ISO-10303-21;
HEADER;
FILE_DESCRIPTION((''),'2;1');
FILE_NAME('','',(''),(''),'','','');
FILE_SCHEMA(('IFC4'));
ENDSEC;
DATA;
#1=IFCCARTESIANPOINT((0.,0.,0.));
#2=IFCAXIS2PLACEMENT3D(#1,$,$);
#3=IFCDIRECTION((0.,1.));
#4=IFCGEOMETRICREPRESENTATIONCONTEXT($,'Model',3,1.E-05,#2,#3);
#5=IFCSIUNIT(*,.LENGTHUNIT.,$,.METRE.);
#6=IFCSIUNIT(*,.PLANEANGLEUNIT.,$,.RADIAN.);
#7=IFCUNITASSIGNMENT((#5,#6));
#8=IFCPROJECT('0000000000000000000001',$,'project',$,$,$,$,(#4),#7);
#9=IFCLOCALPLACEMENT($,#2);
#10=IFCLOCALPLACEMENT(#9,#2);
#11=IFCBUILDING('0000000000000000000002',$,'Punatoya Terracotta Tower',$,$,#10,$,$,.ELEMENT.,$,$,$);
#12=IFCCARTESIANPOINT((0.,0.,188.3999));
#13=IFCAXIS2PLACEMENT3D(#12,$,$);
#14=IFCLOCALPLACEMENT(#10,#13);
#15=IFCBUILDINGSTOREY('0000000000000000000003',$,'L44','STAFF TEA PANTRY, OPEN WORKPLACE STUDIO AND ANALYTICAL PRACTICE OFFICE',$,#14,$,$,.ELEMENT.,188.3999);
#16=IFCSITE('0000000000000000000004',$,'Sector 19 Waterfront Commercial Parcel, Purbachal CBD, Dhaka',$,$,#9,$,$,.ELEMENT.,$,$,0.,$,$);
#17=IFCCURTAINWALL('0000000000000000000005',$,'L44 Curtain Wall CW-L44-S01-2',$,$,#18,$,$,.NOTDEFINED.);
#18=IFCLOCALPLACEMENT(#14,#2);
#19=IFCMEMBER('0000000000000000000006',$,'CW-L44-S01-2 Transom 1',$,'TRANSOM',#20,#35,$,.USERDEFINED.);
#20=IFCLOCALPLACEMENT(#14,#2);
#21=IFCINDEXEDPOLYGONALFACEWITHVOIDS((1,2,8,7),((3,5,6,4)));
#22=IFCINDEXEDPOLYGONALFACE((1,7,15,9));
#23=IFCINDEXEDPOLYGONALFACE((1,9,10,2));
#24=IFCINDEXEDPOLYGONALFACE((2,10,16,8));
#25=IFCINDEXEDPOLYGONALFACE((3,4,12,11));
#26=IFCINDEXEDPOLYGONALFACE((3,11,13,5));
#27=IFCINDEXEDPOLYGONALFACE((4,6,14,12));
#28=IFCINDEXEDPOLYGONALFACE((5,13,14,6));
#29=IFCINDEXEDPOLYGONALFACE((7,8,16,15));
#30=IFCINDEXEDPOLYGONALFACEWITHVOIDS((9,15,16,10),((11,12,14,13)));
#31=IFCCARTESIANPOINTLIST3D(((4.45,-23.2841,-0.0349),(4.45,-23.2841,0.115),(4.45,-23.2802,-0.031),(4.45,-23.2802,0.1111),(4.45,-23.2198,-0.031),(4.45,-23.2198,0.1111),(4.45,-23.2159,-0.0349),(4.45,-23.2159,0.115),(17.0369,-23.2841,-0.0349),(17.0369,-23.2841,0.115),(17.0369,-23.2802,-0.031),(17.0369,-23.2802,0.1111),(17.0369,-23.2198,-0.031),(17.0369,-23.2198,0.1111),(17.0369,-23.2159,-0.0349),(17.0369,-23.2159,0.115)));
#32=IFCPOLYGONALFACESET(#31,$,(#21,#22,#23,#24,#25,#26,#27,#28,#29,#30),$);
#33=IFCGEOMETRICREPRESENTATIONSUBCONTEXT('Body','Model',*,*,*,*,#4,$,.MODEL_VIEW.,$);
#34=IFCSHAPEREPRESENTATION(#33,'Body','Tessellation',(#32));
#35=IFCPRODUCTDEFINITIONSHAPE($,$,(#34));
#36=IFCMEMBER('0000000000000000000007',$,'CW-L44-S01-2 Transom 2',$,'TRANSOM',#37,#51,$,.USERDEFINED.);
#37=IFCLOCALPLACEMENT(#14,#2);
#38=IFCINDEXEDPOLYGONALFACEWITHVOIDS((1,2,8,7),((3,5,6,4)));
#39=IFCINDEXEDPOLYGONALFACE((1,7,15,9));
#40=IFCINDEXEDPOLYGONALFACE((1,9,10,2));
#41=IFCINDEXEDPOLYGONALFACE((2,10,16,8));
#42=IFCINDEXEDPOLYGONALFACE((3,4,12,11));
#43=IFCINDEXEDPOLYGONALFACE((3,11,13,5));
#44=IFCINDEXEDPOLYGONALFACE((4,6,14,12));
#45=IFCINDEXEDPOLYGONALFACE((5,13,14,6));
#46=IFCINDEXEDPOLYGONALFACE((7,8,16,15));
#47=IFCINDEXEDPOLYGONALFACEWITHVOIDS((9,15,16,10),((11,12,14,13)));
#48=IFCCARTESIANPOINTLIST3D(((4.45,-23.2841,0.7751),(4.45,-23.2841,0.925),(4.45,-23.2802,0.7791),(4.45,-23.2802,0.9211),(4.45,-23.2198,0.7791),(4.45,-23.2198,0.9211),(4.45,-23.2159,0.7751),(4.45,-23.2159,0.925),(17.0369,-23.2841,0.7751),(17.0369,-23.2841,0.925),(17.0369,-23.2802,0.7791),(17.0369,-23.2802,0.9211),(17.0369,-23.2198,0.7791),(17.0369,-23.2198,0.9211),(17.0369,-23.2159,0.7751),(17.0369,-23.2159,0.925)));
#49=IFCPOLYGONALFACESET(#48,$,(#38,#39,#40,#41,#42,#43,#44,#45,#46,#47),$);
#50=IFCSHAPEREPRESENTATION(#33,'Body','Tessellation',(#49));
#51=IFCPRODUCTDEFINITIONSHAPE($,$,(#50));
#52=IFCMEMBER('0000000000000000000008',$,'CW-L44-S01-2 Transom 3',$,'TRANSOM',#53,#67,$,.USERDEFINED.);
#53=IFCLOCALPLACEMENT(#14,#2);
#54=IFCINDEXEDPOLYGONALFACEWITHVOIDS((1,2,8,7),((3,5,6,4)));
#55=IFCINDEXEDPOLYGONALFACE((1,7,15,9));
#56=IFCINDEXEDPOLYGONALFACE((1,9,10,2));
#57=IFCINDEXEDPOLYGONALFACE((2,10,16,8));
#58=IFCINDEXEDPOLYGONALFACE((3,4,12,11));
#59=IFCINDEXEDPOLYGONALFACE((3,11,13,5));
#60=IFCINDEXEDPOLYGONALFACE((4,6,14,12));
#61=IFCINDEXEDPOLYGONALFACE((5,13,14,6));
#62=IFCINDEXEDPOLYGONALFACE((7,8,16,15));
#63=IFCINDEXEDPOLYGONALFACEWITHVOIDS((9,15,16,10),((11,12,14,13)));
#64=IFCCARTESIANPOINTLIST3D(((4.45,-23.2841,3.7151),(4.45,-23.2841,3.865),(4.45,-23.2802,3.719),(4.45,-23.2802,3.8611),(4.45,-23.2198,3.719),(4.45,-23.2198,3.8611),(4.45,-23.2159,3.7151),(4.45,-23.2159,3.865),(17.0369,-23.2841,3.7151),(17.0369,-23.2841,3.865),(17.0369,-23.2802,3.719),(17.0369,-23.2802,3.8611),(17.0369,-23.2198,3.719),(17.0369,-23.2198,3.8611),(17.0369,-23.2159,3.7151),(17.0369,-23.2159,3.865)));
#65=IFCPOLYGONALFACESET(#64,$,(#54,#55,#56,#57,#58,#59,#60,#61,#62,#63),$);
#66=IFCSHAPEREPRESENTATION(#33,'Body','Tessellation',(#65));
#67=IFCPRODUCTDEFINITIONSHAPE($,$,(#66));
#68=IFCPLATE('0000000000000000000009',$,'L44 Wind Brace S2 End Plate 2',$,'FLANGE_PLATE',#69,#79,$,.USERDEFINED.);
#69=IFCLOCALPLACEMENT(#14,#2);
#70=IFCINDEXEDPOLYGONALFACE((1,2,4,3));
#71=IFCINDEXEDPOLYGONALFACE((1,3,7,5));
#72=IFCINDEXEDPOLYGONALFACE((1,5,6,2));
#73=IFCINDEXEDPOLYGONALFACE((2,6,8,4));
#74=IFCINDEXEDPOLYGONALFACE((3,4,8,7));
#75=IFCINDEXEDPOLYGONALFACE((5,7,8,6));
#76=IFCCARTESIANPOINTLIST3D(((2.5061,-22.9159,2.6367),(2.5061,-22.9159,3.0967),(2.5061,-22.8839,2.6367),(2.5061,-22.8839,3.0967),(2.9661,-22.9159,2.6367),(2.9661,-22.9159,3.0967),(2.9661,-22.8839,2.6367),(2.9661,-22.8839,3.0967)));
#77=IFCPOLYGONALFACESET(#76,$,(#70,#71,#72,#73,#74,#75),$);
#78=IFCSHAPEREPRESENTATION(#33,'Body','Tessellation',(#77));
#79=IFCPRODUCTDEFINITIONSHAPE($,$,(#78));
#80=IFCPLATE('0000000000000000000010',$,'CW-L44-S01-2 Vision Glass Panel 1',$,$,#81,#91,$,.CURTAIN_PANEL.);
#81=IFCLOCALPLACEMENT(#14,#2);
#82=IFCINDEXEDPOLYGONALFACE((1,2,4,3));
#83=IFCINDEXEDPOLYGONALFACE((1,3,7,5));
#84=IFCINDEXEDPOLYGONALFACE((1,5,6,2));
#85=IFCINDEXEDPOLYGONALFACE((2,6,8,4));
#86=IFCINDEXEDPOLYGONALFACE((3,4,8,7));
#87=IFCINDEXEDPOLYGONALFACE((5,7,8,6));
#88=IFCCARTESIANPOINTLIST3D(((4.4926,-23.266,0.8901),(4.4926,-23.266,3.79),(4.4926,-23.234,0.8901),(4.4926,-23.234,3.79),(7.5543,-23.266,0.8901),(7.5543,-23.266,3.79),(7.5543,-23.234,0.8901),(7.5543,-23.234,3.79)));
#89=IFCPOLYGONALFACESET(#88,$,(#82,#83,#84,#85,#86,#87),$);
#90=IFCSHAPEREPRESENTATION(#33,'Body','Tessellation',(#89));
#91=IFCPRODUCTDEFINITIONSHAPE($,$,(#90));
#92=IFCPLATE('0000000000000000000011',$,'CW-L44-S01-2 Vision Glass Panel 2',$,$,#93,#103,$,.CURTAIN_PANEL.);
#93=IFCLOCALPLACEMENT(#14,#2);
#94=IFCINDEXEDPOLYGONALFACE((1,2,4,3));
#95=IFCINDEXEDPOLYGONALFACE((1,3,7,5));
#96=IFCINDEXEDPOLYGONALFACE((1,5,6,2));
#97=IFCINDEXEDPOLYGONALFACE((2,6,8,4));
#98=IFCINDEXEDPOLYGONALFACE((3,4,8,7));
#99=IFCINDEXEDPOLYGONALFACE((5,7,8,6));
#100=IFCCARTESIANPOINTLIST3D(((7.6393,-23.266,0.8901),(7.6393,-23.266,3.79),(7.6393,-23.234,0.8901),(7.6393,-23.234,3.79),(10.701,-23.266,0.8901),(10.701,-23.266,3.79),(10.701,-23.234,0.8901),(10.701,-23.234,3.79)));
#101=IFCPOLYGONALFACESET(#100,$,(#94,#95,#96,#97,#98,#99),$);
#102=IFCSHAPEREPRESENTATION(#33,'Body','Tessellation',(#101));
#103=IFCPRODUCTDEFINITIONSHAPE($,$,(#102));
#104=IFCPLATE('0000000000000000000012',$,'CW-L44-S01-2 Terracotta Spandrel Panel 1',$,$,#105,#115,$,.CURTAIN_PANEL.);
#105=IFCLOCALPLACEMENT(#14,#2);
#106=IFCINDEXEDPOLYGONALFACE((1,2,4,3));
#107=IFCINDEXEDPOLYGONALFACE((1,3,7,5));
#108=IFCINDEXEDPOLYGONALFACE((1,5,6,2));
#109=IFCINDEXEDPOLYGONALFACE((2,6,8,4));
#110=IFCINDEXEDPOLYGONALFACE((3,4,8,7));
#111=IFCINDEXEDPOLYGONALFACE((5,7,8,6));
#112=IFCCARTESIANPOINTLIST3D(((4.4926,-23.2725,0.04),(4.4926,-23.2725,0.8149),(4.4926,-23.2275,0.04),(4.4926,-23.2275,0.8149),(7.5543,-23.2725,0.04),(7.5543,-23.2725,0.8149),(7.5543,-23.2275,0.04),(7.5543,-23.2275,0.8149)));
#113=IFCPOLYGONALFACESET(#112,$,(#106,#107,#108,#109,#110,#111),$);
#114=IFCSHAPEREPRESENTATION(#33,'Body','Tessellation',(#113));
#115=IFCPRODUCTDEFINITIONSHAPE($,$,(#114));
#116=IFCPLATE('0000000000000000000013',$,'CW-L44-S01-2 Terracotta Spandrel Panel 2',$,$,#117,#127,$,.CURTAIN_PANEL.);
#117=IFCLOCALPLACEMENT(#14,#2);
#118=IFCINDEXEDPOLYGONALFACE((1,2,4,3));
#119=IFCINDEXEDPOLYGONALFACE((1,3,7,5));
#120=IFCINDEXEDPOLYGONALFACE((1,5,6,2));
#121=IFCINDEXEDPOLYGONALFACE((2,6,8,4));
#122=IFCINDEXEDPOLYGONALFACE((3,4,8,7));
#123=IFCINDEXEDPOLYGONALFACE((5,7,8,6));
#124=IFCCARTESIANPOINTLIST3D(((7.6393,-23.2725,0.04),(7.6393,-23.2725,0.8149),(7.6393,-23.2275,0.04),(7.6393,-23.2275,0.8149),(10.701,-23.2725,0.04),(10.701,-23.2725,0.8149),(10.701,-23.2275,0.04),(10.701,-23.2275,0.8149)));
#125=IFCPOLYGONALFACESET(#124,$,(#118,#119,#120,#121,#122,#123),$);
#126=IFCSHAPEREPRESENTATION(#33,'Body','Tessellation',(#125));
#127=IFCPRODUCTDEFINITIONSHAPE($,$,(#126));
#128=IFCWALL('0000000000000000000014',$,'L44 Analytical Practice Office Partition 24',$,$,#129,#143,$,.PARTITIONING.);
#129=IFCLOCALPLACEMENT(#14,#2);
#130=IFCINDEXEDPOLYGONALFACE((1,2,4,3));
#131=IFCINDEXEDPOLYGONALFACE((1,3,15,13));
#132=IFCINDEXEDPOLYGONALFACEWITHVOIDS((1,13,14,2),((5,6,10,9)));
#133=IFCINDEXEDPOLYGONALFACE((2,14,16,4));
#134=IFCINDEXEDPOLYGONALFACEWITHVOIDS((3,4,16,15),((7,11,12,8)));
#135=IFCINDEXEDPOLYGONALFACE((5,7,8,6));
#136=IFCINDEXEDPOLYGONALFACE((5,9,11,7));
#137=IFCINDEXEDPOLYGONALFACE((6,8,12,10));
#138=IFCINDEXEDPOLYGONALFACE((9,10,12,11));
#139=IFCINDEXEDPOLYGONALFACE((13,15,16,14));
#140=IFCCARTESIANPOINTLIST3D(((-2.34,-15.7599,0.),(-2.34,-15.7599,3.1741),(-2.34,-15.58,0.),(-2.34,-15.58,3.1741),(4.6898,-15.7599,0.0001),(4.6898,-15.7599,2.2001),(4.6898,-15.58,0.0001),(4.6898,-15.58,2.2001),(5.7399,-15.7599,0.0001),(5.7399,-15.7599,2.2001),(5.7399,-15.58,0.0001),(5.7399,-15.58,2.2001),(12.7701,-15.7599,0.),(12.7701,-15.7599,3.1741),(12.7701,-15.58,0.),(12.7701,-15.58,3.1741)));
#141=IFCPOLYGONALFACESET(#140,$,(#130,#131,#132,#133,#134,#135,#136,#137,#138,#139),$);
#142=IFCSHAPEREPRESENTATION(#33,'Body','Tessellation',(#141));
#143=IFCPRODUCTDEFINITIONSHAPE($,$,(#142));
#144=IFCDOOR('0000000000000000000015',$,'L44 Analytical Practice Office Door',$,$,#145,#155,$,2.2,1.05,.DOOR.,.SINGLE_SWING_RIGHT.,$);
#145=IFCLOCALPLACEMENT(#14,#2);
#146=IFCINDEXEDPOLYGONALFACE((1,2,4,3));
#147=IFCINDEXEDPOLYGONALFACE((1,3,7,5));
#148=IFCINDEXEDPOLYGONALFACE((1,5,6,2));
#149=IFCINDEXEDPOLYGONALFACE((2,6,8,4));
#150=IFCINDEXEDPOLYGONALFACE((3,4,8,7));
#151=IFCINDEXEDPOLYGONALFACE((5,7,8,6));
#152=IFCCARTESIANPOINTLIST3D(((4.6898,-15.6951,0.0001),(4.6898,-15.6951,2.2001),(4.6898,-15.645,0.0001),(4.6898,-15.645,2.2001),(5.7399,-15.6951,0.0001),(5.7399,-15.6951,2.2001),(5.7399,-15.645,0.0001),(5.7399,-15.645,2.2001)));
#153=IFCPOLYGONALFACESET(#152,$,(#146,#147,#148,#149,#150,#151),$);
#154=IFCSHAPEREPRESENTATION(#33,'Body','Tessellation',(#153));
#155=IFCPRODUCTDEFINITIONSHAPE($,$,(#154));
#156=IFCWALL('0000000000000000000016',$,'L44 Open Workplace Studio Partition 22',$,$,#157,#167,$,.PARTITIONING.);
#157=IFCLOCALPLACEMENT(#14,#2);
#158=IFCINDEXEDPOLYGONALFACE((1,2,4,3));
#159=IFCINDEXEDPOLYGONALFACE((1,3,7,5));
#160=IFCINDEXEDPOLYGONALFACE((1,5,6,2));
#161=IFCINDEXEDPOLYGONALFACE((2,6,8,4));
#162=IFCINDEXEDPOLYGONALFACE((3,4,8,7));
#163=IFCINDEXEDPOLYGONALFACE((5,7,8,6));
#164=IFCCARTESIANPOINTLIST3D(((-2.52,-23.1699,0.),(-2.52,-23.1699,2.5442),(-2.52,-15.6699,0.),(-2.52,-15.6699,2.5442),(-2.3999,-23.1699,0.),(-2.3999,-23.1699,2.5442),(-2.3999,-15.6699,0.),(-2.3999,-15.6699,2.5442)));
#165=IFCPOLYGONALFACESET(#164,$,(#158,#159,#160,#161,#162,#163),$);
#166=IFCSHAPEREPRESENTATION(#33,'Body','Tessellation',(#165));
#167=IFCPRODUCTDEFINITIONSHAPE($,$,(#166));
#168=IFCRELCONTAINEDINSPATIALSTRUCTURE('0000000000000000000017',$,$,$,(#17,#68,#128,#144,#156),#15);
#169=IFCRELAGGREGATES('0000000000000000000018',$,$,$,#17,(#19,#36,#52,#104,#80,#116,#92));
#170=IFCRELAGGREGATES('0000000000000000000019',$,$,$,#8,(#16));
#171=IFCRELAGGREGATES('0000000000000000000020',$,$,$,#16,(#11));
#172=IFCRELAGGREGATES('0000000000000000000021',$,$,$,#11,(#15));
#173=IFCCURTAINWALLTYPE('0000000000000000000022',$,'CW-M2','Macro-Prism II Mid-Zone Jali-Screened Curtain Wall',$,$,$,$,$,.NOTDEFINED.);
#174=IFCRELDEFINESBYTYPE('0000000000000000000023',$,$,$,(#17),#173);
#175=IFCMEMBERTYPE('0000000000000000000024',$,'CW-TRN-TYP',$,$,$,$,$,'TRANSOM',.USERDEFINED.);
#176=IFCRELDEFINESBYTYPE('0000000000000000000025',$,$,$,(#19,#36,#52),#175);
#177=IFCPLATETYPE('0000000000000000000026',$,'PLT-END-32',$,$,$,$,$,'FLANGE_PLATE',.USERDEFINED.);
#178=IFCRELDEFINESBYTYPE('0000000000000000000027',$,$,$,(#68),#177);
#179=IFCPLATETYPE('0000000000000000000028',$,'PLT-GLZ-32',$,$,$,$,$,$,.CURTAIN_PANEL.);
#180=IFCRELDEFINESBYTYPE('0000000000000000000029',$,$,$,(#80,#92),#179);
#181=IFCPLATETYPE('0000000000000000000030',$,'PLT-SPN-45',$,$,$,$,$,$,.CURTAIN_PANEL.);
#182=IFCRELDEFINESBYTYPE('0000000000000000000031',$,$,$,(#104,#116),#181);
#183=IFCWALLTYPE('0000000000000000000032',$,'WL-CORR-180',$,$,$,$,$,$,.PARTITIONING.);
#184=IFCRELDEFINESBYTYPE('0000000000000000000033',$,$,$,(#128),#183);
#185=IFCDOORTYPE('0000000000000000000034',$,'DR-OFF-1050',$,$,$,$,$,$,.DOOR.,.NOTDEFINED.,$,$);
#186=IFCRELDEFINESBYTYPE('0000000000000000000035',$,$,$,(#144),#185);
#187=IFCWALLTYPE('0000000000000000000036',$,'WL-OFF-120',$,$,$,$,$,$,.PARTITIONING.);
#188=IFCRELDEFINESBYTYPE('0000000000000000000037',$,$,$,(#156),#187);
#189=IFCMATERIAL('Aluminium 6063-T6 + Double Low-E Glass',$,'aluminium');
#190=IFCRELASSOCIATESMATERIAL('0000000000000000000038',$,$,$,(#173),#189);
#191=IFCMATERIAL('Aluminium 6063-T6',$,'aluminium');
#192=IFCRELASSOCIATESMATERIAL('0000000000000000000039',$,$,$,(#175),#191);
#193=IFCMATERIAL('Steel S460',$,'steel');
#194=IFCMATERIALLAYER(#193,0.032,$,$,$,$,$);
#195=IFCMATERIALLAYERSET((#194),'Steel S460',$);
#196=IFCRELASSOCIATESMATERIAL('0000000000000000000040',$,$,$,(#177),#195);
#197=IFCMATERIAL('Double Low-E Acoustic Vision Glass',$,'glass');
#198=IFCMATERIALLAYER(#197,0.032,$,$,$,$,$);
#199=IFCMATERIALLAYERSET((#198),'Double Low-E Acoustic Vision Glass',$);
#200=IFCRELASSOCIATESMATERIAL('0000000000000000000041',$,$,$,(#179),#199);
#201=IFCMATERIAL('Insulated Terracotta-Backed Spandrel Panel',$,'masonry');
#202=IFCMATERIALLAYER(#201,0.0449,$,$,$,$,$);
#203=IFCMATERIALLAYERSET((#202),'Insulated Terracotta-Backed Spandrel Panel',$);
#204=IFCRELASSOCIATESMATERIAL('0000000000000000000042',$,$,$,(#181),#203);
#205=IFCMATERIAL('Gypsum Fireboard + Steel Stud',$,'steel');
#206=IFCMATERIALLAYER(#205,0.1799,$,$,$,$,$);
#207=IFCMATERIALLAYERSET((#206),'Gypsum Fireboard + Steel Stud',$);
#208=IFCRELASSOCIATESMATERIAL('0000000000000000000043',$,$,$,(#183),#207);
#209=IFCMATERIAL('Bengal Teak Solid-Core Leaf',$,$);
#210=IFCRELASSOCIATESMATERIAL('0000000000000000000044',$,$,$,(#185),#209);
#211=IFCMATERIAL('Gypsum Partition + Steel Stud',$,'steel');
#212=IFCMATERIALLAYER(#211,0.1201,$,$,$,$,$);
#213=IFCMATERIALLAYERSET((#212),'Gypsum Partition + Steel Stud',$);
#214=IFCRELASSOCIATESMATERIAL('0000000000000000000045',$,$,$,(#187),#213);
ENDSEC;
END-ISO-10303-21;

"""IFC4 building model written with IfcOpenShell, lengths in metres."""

from ifc_helpers import new_model, si_unit, direction, frame, frame_2d, origin, origin_2d, place, context, subcontext, project, spatial, rectangle, hollow_rectangle, extrude, material, layer, layer_set, material_profile, profile_set, type_object, element, fill, aggregate, save


model = new_model("IFC4")

# Units and contexts
model_context = context("Model", 3, precision=1e-05, world=origin(), true_north=direction((0.0, 1.0)))
body_context = subcontext(model_context, "Body", "Model", "MODEL_VIEW")
ifc_project = project(units=[si_unit("LENGTHUNIT", "METRE"), si_unit("PLANEANGLEUNIT", "RADIAN")], contexts=[model_context])

# Site, building, storey
site_placement = place(None, origin())
site = spatial("IfcSite", under=ifc_project, at=site_placement, Name="Sector 19 Waterfront Commercial Parcel, Purbachal CBD, Dhaka", CompositionType="ELEMENT", RefElevation=0.0)
building_placement = place(site_placement, origin())
building = spatial("IfcBuilding", under=site, at=building_placement, Name="Punatoya Terracotta Tower", CompositionType="ELEMENT")
storey_placement = place(building_placement, frame((0.0, 0.0, 188.3999)))
storey = spatial("IfcBuildingStorey", under=building, at=storey_placement, Name="L44", Description="STAFF TEA PANTRY, OPEN WORKPLACE STUDIO AND ANALYTICAL PRACTICE OFFICE", CompositionType="ELEMENT", Elevation=188.3999)

# Shared definitions
ifc_material_1 = material(Name="Steel S460", Category="steel")

# Curtain wall, members
ifc_material_2 = material(Name="Aluminium 6063-T6 + Double Low-E Glass", Category="aluminium")
curtain_wall_type = type_object("IfcCurtainWallType", Name="CW-M2", Description="Macro-Prism II Mid-Zone Jali-Screened Curtain Wall", PredefinedType="NOTDEFINED", material=ifc_material_2)
curtain_wall_placement = place(storey_placement, origin())
curtain_wall = element("IfcCurtainWall", 1, at=curtain_wall_placement, inside=storey, type_object=curtain_wall_type, Name="L44 Curtain Wall CW-L44-S01-2", PredefinedType="NOTDEFINED")
ifc_material_3 = material(Name="Aluminium 6063-T6", Category="aluminium")
ifc_material_profile_1 = material_profile(ifc_material_3, hollow_rectangle(XDim=0.0681, YDim=0.1499, WallThickness=0.0039, at=origin_2d()))
ifc_profile_set_1 = profile_set([ifc_material_profile_1], Name="Aluminium 6063-T6")
member_type_1 = type_object("IfcMemberType", Name="CW-TRN-TYP", ElementType="TRANSOM", PredefinedType="USERDEFINED", material=ifc_profile_set_1)
member_1_placement = place(storey_placement, frame((4.45, -23.25, 0.04), z_axis=(1.0, 0.0, 0.0), x_axis=(0.0, 1.0, 0.0)))
member_1 = element("IfcMember", 2, at=member_1_placement, type_object=member_type_1, Name="CW-L44-S01-2 Transom 1", ObjectType="TRANSOM", PredefinedType="USERDEFINED", context=body_context, shape_type="SweptSolid", body=[
    extrude(hollow_rectangle(XDim=0.0681, YDim=0.1499, WallThickness=0.0039, at=origin_2d()), origin(), (0.0, 0.0, 1.0), 12.5869),
])
member_2_placement = place(storey_placement, frame((4.45, -23.25, 0.8501), z_axis=(1.0, 0.0, 0.0), x_axis=(0.0, 1.0, 0.0)))
member_2 = element("IfcMember", 3, at=member_2_placement, type_object=member_type_1, Name="CW-L44-S01-2 Transom 2", ObjectType="TRANSOM", PredefinedType="USERDEFINED", context=body_context, shape_type="SweptSolid", body=[
    extrude(hollow_rectangle(XDim=0.0681, YDim=0.1499, WallThickness=0.0039, at=origin_2d()), origin(), (0.0, 0.0, 1.0), 12.5869),
])
member_3_placement = place(storey_placement, frame((4.45, -23.25, 3.79), z_axis=(1.0, 0.0, 0.0), x_axis=(0.0, 1.0, 0.0)))
member_3 = element("IfcMember", 4, at=member_3_placement, type_object=member_type_1, Name="CW-L44-S01-2 Transom 3", ObjectType="TRANSOM", PredefinedType="USERDEFINED", context=body_context, shape_type="SweptSolid", body=[
    extrude(hollow_rectangle(XDim=0.0681, YDim=0.1499, WallThickness=0.0039, at=origin_2d()), origin(), (0.0, 0.0, 1.0), 12.5869),
])

# Plates
ifc_layer_1 = layer(ifc_material_1, 0.032)
ifc_layer_set_1 = layer_set([ifc_layer_1], Name="Steel S460")
plate_type_1 = type_object("IfcPlateType", Name="PLT-END-32", ElementType="FLANGE_PLATE", PredefinedType="USERDEFINED", material=ifc_layer_set_1)
plate_1_placement = place(storey_placement, frame((2.7361, -22.8999, 2.6367), z_axis=(0.0, 0.0, 1.0), x_axis=(1.0, 0.0, 0.0)))
element("IfcPlate", 5, at=plate_1_placement, inside=storey, type_object=plate_type_1, Name="L44 Wind Brace S2 End Plate 2", ObjectType="FLANGE_PLATE", PredefinedType="USERDEFINED", context=body_context, shape_type="SweptSolid", body=[
    extrude(rectangle(XDim=0.46, YDim=0.032, at=origin_2d()), origin(), (0.0, 0.0, 1.0), 0.46),
])
ifc_material_4 = material(Name="Double Low-E Acoustic Vision Glass", Category="glass")
ifc_layer_2 = layer(ifc_material_4, 0.032)
ifc_layer_set_2 = layer_set([ifc_layer_2], Name="Double Low-E Acoustic Vision Glass")
plate_type_2 = type_object("IfcPlateType", Name="PLT-GLZ-32", PredefinedType="CURTAIN_PANEL", material=ifc_layer_set_2)
plate_2_placement = place(storey_placement, frame((6.0234, -23.25, 0.8901), z_axis=(0.0, 0.0, 1.0), x_axis=(1.0, 0.0, 0.0)))
plate_2 = element("IfcPlate", 6, at=plate_2_placement, type_object=plate_type_2, Name="CW-L44-S01-2 Vision Glass Panel 1", PredefinedType="CURTAIN_PANEL", context=body_context, shape_type="SweptSolid", body=[
    extrude(rectangle(XDim=3.0618, YDim=0.032, at=origin_2d()), origin(), (0.0, 0.0, 1.0), 2.8999),
])
plate_3_placement = place(storey_placement, frame((9.1702, -23.25, 0.8901), z_axis=(0.0, 0.0, 1.0), x_axis=(1.0, 0.0, 0.0)))
plate_3 = element("IfcPlate", 7, at=plate_3_placement, type_object=plate_type_2, Name="CW-L44-S01-2 Vision Glass Panel 2", PredefinedType="CURTAIN_PANEL", context=body_context, shape_type="SweptSolid", body=[
    extrude(rectangle(XDim=3.0618, YDim=0.032, at=origin_2d()), origin(), (0.0, 0.0, 1.0), 2.8999),
])
ifc_material_5 = material(Name="Insulated Terracotta-Backed Spandrel Panel", Category="masonry")
ifc_layer_3 = layer(ifc_material_5, 0.0449)
ifc_layer_set_3 = layer_set([ifc_layer_3], Name="Insulated Terracotta-Backed Spandrel Panel")
plate_type_3 = type_object("IfcPlateType", Name="PLT-SPN-45", PredefinedType="CURTAIN_PANEL", material=ifc_layer_set_3)
plate_4_placement = place(storey_placement, frame((6.0234, -23.25, 0.04), z_axis=(0.0, 0.0, 1.0), x_axis=(1.0, 0.0, 0.0)))
plate_4 = element("IfcPlate", 8, at=plate_4_placement, type_object=plate_type_3, Name="CW-L44-S01-2 Terracotta Spandrel Panel 1", PredefinedType="CURTAIN_PANEL", context=body_context, shape_type="SweptSolid", body=[
    extrude(rectangle(XDim=3.0618, YDim=0.0449, at=origin_2d()), origin(), (0.0, 0.0, 1.0), 0.7749),
])
plate_5_placement = place(storey_placement, frame((9.1702, -23.25, 0.04), z_axis=(0.0, 0.0, 1.0), x_axis=(1.0, 0.0, 0.0)))
plate_5 = element("IfcPlate", 9, at=plate_5_placement, type_object=plate_type_3, Name="CW-L44-S01-2 Terracotta Spandrel Panel 2", PredefinedType="CURTAIN_PANEL", context=body_context, shape_type="SweptSolid", body=[
    extrude(rectangle(XDim=3.0618, YDim=0.0449, at=origin_2d()), origin(), (0.0, 0.0, 1.0), 0.7749),
])
aggregate(curtain_wall, [member_1, member_2, member_3, plate_4, plate_2, plate_5, plate_3])

# Wall, opening, door
ifc_material_6 = material(Name="Gypsum Fireboard + Steel Stud", Category="steel")
ifc_layer_4 = layer(ifc_material_6, 0.1799)
ifc_layer_set_4 = layer_set([ifc_layer_4], Name="Gypsum Fireboard + Steel Stud")
wall_type_1 = type_object("IfcWallType", Name="WL-CORR-180", PredefinedType="PARTITIONING", material=ifc_layer_set_4)
wall_1_placement = place(storey_placement, frame((-2.3401, -15.6699, 0.0), z_axis=(0.0, 0.0, 1.0), x_axis=(1.0, 0.0, 0.0)))
wall_1 = element("IfcWall", 10, at=wall_1_placement, inside=storey, type_object=wall_type_1, Name="L44 Analytical Practice Office Partition 24", PredefinedType="PARTITIONING", context=body_context, shape_type="SweptSolid", body=[
    extrude(rectangle(XDim=15.1101, YDim=0.1799, at=frame_2d((7.5552, 0.0))), origin(), (0.0, 0.0, 1.0), 3.1741),
])
opening_placement = place(wall_1_placement, frame((7.03, 0.0, 0.0)))
opening = element("IfcOpeningElement", 11, at=opening_placement, cuts=wall_1, PredefinedType="OPENING", context=body_context, shape_type="SweptSolid", body=[
    extrude(rectangle(XDim=1.05, YDim=2.2, at=frame_2d((0.5249, 1.1001))), frame((0.0, 0.0999, 0.0), z_axis=(0.0, -1.0, 0.0), x_axis=(1.0, 0.0, 0.0)), (0.0, 0.0, 1.0), 0.2),
])
ifc_material_7 = material(Name="Bengal Teak Solid-Core Leaf")
door_type = type_object("IfcDoorType", Name="DR-OFF-1050", OperationType="NOTDEFINED", PredefinedType="DOOR", material=ifc_material_7)
door_placement = place(opening_placement, origin())
door = element("IfcDoor", 12, at=door_placement, inside=storey, type_object=door_type, Name="L44 Analytical Practice Office Door", OperationType="SINGLE_SWING_RIGHT", OverallHeight=2.2, OverallWidth=1.05, PredefinedType="DOOR", context=body_context, shape_type="SweptSolid", body=[
    extrude(rectangle(XDim=1.05, YDim=2.2, at=frame_2d((0.5249, 1.1001))), frame((0.0, 0.0249, 0.0), z_axis=(0.0, -1.0, 0.0), x_axis=(1.0, 0.0, 0.0)), (0.0, 0.0, 1.0), 0.05),
])
fill(opening, door)

# Wall
ifc_material_8 = material(Name="Gypsum Partition + Steel Stud", Category="steel")
ifc_layer_5 = layer(ifc_material_8, 0.1201)
ifc_layer_set_5 = layer_set([ifc_layer_5], Name="Gypsum Partition + Steel Stud")
wall_type_2 = type_object("IfcWallType", Name="WL-OFF-120", PredefinedType="PARTITIONING", material=ifc_layer_set_5)
wall_2_placement = place(storey_placement, frame((-2.46, -15.6699, 0.0), z_axis=(0.0, 0.0, 1.0), x_axis=(0.0, -1.0, 0.0)))
element("IfcWall", 13, at=wall_2_placement, inside=storey, type_object=wall_type_2, Name="L44 Open Workplace Studio Partition 22", PredefinedType="PARTITIONING", context=body_context, shape_type="SweptSolid", body=[
    extrude(rectangle(XDim=7.5, YDim=0.1201, at=frame_2d((3.75, 0.0))), origin(), (0.0, 0.0, 1.0), 2.5442),
])

save(model, "model.ifc")
